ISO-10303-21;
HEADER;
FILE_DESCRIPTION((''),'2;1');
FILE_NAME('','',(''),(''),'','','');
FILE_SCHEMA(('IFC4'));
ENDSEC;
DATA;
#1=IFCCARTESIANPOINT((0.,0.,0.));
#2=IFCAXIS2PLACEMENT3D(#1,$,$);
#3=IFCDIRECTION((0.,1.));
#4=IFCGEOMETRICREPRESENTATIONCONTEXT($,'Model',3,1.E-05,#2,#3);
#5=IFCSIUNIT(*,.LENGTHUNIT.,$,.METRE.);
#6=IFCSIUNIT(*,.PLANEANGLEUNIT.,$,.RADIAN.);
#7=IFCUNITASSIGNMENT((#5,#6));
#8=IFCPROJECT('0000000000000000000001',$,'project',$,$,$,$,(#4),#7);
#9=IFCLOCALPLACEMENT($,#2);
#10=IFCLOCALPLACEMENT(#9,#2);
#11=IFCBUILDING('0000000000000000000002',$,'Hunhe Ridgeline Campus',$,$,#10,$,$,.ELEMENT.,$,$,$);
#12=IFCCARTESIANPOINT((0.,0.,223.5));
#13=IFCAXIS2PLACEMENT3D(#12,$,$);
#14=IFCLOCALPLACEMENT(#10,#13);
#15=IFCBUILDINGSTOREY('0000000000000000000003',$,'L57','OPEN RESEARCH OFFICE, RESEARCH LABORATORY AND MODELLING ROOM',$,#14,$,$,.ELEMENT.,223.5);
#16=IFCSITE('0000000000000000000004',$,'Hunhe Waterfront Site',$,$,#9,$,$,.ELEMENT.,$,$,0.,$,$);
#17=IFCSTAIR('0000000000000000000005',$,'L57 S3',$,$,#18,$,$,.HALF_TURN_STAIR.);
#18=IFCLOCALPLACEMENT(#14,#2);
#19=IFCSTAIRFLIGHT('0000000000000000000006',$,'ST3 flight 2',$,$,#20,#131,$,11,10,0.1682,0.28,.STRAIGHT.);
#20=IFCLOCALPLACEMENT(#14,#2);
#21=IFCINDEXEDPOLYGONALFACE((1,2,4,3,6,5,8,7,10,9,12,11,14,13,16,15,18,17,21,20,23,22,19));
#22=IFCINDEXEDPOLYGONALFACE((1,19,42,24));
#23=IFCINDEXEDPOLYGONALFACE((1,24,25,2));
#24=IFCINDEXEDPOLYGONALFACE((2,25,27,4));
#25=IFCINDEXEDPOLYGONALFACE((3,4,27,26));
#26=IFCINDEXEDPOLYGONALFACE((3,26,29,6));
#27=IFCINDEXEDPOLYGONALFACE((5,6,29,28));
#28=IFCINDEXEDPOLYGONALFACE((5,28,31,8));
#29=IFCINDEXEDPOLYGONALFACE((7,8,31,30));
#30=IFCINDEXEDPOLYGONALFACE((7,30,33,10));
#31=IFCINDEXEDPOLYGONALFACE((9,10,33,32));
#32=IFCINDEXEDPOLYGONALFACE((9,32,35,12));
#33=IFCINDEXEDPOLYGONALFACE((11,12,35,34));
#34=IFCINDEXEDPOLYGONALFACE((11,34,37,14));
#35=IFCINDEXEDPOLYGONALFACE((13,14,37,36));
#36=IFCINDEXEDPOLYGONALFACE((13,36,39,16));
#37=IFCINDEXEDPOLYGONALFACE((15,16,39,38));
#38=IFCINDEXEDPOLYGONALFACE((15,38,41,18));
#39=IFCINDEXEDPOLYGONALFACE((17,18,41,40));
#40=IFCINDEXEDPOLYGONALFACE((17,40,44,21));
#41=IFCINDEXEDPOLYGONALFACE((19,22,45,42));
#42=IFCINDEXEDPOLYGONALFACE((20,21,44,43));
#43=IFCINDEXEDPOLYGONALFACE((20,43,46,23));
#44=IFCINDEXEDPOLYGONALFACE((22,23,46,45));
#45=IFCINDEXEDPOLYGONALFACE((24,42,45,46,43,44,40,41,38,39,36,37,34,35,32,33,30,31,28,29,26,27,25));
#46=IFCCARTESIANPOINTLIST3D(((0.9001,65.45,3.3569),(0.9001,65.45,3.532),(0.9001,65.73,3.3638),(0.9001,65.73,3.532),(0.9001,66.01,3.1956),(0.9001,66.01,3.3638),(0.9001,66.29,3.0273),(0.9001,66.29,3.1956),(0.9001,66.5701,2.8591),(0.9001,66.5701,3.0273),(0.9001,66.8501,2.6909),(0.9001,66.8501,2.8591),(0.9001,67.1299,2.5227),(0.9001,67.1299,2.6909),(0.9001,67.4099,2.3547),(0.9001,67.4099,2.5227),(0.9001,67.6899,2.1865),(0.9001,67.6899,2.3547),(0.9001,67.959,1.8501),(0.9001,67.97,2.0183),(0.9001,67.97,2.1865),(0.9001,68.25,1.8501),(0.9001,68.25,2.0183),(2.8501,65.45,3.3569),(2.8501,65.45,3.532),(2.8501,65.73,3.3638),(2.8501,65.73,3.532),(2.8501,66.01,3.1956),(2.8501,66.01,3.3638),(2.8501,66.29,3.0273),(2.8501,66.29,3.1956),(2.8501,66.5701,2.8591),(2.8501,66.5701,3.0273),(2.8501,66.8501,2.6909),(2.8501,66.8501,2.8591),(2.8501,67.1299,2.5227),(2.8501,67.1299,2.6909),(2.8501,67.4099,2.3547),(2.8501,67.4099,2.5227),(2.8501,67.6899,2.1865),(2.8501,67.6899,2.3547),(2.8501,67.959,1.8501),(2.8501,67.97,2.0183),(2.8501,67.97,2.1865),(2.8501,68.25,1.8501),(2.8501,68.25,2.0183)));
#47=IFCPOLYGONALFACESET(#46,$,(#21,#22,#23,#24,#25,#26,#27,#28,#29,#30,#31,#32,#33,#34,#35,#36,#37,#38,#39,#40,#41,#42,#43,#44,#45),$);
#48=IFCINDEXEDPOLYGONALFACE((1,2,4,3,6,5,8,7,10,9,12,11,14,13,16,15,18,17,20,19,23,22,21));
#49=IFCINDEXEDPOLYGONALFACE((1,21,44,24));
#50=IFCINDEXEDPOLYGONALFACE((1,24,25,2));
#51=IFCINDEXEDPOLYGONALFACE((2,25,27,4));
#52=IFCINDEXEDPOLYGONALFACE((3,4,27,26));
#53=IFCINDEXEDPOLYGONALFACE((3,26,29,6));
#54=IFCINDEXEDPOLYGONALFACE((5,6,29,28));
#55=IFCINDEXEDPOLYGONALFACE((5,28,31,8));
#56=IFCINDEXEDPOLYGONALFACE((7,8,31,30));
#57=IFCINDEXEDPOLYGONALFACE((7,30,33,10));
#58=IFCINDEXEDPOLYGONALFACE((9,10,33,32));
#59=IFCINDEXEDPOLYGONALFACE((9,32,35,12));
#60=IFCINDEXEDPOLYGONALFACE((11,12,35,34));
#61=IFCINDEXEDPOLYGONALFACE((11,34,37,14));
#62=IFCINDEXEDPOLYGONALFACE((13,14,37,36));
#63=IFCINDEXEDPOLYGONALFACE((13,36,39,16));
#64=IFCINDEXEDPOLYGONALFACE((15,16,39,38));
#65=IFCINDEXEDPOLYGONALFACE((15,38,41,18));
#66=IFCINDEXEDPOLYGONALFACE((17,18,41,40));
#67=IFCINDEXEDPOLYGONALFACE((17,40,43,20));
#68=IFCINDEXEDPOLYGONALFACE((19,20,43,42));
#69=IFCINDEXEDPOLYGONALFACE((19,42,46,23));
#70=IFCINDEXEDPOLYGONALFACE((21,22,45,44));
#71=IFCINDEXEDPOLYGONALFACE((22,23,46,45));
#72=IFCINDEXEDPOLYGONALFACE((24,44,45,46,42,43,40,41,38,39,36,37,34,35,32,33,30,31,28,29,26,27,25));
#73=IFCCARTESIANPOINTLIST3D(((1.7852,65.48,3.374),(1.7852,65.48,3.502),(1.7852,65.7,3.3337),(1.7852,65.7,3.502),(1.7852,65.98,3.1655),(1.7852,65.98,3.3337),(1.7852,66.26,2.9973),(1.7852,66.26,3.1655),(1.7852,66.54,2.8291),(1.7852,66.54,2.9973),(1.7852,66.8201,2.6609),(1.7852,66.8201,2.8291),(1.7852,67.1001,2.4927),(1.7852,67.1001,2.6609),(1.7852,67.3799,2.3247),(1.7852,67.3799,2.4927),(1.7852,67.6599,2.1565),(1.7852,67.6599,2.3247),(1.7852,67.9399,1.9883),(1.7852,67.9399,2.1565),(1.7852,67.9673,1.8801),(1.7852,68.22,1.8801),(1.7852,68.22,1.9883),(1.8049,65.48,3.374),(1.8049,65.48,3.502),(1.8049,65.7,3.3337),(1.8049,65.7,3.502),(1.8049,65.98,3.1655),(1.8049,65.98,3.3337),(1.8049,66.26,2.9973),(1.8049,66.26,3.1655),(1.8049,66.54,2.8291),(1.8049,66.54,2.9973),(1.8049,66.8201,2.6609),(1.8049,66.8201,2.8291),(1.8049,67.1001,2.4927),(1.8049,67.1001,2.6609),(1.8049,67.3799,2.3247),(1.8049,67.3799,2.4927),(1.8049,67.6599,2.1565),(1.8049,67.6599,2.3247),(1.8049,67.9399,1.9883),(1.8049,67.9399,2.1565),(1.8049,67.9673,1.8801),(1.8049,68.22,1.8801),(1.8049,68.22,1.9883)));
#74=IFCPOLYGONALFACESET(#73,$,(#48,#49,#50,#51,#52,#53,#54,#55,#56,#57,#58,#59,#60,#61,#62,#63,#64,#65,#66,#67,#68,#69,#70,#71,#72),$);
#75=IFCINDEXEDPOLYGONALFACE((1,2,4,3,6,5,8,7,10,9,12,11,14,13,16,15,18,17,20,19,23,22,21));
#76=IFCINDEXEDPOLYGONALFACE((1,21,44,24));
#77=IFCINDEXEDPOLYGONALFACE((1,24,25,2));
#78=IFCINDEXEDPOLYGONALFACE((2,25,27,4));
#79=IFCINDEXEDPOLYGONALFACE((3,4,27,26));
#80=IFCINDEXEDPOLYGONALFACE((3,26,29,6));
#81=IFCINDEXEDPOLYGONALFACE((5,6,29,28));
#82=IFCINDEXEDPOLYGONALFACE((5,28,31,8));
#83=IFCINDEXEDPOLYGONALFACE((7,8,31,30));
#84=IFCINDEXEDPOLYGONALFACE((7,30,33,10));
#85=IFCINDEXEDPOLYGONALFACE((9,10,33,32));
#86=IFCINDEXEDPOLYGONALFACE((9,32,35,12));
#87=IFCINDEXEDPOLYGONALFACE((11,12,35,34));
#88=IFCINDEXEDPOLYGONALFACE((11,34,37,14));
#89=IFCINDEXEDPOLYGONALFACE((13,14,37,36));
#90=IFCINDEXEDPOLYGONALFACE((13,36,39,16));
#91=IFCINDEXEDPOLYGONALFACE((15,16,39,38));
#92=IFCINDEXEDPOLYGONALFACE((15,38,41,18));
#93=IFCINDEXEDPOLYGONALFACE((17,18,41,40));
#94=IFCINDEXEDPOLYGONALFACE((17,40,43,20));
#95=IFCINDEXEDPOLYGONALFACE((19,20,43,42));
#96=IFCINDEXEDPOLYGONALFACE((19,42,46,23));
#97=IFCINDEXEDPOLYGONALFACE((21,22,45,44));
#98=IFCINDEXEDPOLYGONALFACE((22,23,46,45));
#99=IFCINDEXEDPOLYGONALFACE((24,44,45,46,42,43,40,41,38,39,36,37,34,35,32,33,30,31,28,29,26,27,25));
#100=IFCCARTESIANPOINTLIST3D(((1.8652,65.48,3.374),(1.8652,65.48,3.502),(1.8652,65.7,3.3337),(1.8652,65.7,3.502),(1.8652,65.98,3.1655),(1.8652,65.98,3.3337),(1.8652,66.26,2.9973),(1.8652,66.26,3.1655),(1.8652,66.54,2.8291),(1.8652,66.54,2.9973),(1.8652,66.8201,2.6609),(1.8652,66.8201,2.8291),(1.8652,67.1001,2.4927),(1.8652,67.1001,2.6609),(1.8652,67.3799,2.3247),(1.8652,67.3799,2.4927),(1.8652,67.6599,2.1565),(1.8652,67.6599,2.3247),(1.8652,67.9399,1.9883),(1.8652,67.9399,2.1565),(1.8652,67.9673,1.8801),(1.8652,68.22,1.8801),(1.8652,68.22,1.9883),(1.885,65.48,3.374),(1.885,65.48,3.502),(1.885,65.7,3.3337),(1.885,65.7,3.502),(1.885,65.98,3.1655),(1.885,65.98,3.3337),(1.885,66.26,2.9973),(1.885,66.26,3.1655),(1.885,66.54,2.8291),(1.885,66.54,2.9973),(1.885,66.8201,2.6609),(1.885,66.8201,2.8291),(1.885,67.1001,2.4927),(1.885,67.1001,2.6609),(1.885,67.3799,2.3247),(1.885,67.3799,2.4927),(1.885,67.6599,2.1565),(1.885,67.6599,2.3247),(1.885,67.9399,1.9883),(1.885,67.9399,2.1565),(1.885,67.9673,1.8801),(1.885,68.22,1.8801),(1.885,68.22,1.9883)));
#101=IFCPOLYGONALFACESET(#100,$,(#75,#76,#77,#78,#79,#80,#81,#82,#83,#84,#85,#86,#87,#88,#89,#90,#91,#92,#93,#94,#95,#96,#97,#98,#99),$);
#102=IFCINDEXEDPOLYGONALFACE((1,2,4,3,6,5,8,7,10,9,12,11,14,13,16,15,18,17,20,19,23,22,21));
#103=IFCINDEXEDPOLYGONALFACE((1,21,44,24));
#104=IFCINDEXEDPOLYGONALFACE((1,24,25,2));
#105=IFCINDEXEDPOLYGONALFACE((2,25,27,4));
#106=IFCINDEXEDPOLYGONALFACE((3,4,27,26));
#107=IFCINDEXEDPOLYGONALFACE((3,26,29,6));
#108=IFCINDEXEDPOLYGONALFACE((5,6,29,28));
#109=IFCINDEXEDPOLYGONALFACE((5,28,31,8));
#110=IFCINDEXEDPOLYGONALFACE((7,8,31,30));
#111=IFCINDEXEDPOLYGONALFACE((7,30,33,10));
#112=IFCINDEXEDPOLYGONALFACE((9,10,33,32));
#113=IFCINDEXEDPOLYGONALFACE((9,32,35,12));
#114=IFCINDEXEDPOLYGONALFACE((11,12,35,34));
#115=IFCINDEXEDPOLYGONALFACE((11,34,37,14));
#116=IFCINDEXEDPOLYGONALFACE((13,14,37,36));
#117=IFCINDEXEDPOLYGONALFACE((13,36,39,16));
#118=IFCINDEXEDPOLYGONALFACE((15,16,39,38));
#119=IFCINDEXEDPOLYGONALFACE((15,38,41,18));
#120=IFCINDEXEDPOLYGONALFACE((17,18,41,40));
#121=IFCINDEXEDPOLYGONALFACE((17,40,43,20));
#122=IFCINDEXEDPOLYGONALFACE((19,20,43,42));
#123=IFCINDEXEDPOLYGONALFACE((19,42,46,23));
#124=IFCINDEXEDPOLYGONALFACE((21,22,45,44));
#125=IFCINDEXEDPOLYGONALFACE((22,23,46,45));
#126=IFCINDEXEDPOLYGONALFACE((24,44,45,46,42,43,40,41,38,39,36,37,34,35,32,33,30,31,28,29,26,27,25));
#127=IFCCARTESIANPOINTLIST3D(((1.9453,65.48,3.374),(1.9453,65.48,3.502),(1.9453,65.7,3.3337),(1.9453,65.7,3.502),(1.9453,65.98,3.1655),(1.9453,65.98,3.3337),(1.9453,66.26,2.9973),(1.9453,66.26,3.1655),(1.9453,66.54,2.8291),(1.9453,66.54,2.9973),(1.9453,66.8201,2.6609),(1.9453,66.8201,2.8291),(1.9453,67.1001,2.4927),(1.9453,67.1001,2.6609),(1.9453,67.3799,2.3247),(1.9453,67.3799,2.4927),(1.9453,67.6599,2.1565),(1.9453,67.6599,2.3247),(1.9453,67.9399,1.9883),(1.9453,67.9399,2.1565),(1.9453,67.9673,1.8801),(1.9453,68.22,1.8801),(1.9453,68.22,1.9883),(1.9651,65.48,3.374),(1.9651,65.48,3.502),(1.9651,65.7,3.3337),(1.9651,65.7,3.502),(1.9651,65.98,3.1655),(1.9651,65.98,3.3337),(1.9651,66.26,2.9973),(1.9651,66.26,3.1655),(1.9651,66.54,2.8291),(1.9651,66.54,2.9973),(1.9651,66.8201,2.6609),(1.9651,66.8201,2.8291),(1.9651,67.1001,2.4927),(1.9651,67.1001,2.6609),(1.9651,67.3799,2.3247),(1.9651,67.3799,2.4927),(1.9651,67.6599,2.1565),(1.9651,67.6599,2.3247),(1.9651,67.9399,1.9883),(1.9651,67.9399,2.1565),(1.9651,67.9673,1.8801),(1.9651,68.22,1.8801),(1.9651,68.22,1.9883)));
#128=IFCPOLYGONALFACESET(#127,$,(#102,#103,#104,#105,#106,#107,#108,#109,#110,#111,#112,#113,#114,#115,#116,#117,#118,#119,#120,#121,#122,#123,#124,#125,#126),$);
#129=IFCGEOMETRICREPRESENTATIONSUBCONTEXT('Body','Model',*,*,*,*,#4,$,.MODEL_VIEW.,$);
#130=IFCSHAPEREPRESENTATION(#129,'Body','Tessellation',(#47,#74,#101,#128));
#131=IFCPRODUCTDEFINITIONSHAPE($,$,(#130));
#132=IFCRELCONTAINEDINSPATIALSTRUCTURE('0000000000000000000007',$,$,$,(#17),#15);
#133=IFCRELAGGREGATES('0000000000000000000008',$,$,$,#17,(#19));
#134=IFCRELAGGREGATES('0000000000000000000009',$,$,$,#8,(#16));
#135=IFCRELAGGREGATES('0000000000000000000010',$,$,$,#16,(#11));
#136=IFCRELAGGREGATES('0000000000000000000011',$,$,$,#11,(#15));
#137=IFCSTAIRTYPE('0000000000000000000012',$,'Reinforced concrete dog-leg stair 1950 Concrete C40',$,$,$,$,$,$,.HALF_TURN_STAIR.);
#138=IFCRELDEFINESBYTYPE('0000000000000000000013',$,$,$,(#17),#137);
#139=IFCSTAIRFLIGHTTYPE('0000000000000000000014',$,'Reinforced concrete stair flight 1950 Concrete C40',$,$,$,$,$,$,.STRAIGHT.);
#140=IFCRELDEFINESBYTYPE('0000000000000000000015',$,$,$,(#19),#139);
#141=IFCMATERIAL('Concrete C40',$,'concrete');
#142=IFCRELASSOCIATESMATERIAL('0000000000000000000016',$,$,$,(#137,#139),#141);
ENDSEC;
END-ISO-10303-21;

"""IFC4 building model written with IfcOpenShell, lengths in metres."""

from ifc_helpers import new_model, si_unit, direction, frame, origin, place, context, subcontext, project, spatial, polyline, outline, extrude, material, type_object, element, aggregate, save


model = new_model("IFC4")

# Units and contexts
model_context = context("Model", 3, precision=1e-05, world=origin(), true_north=direction((0.0, 1.0)))
body_context = subcontext(model_context, "Body", "Model", "MODEL_VIEW")
ifc_project = project(units=[si_unit("LENGTHUNIT", "METRE"), si_unit("PLANEANGLEUNIT", "RADIAN")], contexts=[model_context])

# Site, building, storey
site_placement = place(None, origin())
site = spatial("IfcSite", under=ifc_project, at=site_placement, Name="Hunhe Waterfront Site", CompositionType="ELEMENT", RefElevation=0.0)
building_placement = place(site_placement, origin())
building = spatial("IfcBuilding", under=site, at=building_placement, Name="Hunhe Ridgeline Campus", CompositionType="ELEMENT")
storey_placement = place(building_placement, frame((0.0, 0.0, 223.5)))
storey = spatial("IfcBuildingStorey", under=building, at=storey_placement, Name="L57", Description="OPEN RESEARCH OFFICE, RESEARCH LABORATORY AND MODELLING ROOM", CompositionType="ELEMENT", Elevation=223.5)

# Stair, stair flight
ifc_material_1 = material(Name="Concrete C40", Category="concrete")
stair_type = type_object("IfcStairType", Name="Reinforced concrete dog-leg stair 1950 Concrete C40", PredefinedType="HALF_TURN_STAIR", material=ifc_material_1)
stair_1_placement = place(storey_placement, origin())
stair_1 = element("IfcStair", 1, at=stair_1_placement, inside=storey, type_object=stair_type, Name="L57 S3", PredefinedType="HALF_TURN_STAIR")
stair_flight_type = type_object("IfcStairFlightType", Name="Reinforced concrete stair flight 1950 Concrete C40", PredefinedType="STRAIGHT", material=ifc_material_1)
stair_flight_1_placement = place(storey_placement, frame((1.875, 68.25, 1.8501), z_axis=(0.0, 0.0, 1.0), x_axis=(0.0, -1.0, 0.0)))
stair_flight_1 = element("IfcStairFlight", 2, at=stair_flight_1_placement, type_object=stair_flight_type, Name="ST3 flight 2", NumberOfRisers=11, NumberOfTreads=10, PredefinedType="STRAIGHT", RiserHeight=0.1682, TreadLength=0.28, context=body_context, shape_type="SweptSolid", body=[
    extrude(outline(polyline([(0.0, 0.0), (0.0, 0.1682), (0.28, 0.1682), (0.28, 0.3364), (0.5601, 0.3364), (0.5601, 0.5046), (0.8401, 0.5046), (0.8401, 0.6726), (1.1201, 0.6726), (1.1201, 0.8408), (1.3999, 0.8408), (1.3999, 1.009), (1.6799, 1.009), (1.6799, 1.1772), (1.96, 1.1772), (1.96, 1.3455), (2.24, 1.3455), (2.24, 1.5137), (2.52, 1.5137), (2.52, 1.6819), (2.8, 1.6819), (2.8, 1.8501), (2.8, 1.5068), (0.291, 0.0), (0.0, 0.0)])), frame((0.0, 0.9751, 0.0), z_axis=(0.0, -1.0, 0.0), x_axis=(1.0, 0.0, 0.0)), (0.0, 0.0, 1.0), 1.95),
    extrude(outline(polyline([(0.03, 0.03), (0.03, 0.1382), (0.3101, 0.1382), (0.3101, 0.3064), (0.5901, 0.3064), (0.5901, 0.4746), (0.8701, 0.4746), (0.8701, 0.6426), (1.1499, 0.6426), (1.1499, 0.8108), (1.4299, 0.8108), (1.4299, 0.979), (1.71, 0.979), (1.71, 1.1472), (1.99, 1.1472), (1.99, 1.3154), (2.27, 1.3154), (2.27, 1.4836), (2.55, 1.4836), (2.55, 1.6519), (2.77, 1.6519), (2.77, 1.5239), (0.2827, 0.03), (0.03, 0.03)])), frame((0.0, -0.0701, 0.0), z_axis=(0.0, -1.0, 0.0), x_axis=(1.0, 0.0, 0.0)), (0.0, 0.0, 1.0), 0.0198),
    extrude(outline(polyline([(0.03, 0.03), (0.03, 0.1382), (0.3101, 0.1382), (0.3101, 0.3064), (0.5901, 0.3064), (0.5901, 0.4746), (0.8701, 0.4746), (0.8701, 0.6426), (1.1499, 0.6426), (1.1499, 0.8108), (1.4299, 0.8108), (1.4299, 0.979), (1.71, 0.979), (1.71, 1.1472), (1.99, 1.1472), (1.99, 1.3154), (2.27, 1.3154), (2.27, 1.4836), (2.55, 1.4836), (2.55, 1.6519), (2.77, 1.6519), (2.77, 1.5239), (0.2827, 0.03), (0.03, 0.03)])), frame((0.0, 0.01, 0.0), z_axis=(0.0, -1.0, 0.0), x_axis=(1.0, 0.0, 0.0)), (0.0, 0.0, 1.0), 0.0198),
    extrude(outline(polyline([(0.03, 0.03), (0.03, 0.1382), (0.3101, 0.1382), (0.3101, 0.3064), (0.5901, 0.3064), (0.5901, 0.4746), (0.8701, 0.4746), (0.8701, 0.6426), (1.1499, 0.6426), (1.1499, 0.8108), (1.4299, 0.8108), (1.4299, 0.979), (1.71, 0.979), (1.71, 1.1472), (1.99, 1.1472), (1.99, 1.3154), (2.27, 1.3154), (2.27, 1.4836), (2.55, 1.4836), (2.55, 1.6519), (2.77, 1.6519), (2.77, 1.5239), (0.2827, 0.03), (0.03, 0.03)])), frame((0.0, 0.0901, 0.0), z_axis=(0.0, -1.0, 0.0), x_axis=(1.0, 0.0, 0.0)), (0.0, 0.0, 1.0), 0.0198),
])
aggregate(stair_1, [stair_flight_1])

save(model, "model.ifc")
